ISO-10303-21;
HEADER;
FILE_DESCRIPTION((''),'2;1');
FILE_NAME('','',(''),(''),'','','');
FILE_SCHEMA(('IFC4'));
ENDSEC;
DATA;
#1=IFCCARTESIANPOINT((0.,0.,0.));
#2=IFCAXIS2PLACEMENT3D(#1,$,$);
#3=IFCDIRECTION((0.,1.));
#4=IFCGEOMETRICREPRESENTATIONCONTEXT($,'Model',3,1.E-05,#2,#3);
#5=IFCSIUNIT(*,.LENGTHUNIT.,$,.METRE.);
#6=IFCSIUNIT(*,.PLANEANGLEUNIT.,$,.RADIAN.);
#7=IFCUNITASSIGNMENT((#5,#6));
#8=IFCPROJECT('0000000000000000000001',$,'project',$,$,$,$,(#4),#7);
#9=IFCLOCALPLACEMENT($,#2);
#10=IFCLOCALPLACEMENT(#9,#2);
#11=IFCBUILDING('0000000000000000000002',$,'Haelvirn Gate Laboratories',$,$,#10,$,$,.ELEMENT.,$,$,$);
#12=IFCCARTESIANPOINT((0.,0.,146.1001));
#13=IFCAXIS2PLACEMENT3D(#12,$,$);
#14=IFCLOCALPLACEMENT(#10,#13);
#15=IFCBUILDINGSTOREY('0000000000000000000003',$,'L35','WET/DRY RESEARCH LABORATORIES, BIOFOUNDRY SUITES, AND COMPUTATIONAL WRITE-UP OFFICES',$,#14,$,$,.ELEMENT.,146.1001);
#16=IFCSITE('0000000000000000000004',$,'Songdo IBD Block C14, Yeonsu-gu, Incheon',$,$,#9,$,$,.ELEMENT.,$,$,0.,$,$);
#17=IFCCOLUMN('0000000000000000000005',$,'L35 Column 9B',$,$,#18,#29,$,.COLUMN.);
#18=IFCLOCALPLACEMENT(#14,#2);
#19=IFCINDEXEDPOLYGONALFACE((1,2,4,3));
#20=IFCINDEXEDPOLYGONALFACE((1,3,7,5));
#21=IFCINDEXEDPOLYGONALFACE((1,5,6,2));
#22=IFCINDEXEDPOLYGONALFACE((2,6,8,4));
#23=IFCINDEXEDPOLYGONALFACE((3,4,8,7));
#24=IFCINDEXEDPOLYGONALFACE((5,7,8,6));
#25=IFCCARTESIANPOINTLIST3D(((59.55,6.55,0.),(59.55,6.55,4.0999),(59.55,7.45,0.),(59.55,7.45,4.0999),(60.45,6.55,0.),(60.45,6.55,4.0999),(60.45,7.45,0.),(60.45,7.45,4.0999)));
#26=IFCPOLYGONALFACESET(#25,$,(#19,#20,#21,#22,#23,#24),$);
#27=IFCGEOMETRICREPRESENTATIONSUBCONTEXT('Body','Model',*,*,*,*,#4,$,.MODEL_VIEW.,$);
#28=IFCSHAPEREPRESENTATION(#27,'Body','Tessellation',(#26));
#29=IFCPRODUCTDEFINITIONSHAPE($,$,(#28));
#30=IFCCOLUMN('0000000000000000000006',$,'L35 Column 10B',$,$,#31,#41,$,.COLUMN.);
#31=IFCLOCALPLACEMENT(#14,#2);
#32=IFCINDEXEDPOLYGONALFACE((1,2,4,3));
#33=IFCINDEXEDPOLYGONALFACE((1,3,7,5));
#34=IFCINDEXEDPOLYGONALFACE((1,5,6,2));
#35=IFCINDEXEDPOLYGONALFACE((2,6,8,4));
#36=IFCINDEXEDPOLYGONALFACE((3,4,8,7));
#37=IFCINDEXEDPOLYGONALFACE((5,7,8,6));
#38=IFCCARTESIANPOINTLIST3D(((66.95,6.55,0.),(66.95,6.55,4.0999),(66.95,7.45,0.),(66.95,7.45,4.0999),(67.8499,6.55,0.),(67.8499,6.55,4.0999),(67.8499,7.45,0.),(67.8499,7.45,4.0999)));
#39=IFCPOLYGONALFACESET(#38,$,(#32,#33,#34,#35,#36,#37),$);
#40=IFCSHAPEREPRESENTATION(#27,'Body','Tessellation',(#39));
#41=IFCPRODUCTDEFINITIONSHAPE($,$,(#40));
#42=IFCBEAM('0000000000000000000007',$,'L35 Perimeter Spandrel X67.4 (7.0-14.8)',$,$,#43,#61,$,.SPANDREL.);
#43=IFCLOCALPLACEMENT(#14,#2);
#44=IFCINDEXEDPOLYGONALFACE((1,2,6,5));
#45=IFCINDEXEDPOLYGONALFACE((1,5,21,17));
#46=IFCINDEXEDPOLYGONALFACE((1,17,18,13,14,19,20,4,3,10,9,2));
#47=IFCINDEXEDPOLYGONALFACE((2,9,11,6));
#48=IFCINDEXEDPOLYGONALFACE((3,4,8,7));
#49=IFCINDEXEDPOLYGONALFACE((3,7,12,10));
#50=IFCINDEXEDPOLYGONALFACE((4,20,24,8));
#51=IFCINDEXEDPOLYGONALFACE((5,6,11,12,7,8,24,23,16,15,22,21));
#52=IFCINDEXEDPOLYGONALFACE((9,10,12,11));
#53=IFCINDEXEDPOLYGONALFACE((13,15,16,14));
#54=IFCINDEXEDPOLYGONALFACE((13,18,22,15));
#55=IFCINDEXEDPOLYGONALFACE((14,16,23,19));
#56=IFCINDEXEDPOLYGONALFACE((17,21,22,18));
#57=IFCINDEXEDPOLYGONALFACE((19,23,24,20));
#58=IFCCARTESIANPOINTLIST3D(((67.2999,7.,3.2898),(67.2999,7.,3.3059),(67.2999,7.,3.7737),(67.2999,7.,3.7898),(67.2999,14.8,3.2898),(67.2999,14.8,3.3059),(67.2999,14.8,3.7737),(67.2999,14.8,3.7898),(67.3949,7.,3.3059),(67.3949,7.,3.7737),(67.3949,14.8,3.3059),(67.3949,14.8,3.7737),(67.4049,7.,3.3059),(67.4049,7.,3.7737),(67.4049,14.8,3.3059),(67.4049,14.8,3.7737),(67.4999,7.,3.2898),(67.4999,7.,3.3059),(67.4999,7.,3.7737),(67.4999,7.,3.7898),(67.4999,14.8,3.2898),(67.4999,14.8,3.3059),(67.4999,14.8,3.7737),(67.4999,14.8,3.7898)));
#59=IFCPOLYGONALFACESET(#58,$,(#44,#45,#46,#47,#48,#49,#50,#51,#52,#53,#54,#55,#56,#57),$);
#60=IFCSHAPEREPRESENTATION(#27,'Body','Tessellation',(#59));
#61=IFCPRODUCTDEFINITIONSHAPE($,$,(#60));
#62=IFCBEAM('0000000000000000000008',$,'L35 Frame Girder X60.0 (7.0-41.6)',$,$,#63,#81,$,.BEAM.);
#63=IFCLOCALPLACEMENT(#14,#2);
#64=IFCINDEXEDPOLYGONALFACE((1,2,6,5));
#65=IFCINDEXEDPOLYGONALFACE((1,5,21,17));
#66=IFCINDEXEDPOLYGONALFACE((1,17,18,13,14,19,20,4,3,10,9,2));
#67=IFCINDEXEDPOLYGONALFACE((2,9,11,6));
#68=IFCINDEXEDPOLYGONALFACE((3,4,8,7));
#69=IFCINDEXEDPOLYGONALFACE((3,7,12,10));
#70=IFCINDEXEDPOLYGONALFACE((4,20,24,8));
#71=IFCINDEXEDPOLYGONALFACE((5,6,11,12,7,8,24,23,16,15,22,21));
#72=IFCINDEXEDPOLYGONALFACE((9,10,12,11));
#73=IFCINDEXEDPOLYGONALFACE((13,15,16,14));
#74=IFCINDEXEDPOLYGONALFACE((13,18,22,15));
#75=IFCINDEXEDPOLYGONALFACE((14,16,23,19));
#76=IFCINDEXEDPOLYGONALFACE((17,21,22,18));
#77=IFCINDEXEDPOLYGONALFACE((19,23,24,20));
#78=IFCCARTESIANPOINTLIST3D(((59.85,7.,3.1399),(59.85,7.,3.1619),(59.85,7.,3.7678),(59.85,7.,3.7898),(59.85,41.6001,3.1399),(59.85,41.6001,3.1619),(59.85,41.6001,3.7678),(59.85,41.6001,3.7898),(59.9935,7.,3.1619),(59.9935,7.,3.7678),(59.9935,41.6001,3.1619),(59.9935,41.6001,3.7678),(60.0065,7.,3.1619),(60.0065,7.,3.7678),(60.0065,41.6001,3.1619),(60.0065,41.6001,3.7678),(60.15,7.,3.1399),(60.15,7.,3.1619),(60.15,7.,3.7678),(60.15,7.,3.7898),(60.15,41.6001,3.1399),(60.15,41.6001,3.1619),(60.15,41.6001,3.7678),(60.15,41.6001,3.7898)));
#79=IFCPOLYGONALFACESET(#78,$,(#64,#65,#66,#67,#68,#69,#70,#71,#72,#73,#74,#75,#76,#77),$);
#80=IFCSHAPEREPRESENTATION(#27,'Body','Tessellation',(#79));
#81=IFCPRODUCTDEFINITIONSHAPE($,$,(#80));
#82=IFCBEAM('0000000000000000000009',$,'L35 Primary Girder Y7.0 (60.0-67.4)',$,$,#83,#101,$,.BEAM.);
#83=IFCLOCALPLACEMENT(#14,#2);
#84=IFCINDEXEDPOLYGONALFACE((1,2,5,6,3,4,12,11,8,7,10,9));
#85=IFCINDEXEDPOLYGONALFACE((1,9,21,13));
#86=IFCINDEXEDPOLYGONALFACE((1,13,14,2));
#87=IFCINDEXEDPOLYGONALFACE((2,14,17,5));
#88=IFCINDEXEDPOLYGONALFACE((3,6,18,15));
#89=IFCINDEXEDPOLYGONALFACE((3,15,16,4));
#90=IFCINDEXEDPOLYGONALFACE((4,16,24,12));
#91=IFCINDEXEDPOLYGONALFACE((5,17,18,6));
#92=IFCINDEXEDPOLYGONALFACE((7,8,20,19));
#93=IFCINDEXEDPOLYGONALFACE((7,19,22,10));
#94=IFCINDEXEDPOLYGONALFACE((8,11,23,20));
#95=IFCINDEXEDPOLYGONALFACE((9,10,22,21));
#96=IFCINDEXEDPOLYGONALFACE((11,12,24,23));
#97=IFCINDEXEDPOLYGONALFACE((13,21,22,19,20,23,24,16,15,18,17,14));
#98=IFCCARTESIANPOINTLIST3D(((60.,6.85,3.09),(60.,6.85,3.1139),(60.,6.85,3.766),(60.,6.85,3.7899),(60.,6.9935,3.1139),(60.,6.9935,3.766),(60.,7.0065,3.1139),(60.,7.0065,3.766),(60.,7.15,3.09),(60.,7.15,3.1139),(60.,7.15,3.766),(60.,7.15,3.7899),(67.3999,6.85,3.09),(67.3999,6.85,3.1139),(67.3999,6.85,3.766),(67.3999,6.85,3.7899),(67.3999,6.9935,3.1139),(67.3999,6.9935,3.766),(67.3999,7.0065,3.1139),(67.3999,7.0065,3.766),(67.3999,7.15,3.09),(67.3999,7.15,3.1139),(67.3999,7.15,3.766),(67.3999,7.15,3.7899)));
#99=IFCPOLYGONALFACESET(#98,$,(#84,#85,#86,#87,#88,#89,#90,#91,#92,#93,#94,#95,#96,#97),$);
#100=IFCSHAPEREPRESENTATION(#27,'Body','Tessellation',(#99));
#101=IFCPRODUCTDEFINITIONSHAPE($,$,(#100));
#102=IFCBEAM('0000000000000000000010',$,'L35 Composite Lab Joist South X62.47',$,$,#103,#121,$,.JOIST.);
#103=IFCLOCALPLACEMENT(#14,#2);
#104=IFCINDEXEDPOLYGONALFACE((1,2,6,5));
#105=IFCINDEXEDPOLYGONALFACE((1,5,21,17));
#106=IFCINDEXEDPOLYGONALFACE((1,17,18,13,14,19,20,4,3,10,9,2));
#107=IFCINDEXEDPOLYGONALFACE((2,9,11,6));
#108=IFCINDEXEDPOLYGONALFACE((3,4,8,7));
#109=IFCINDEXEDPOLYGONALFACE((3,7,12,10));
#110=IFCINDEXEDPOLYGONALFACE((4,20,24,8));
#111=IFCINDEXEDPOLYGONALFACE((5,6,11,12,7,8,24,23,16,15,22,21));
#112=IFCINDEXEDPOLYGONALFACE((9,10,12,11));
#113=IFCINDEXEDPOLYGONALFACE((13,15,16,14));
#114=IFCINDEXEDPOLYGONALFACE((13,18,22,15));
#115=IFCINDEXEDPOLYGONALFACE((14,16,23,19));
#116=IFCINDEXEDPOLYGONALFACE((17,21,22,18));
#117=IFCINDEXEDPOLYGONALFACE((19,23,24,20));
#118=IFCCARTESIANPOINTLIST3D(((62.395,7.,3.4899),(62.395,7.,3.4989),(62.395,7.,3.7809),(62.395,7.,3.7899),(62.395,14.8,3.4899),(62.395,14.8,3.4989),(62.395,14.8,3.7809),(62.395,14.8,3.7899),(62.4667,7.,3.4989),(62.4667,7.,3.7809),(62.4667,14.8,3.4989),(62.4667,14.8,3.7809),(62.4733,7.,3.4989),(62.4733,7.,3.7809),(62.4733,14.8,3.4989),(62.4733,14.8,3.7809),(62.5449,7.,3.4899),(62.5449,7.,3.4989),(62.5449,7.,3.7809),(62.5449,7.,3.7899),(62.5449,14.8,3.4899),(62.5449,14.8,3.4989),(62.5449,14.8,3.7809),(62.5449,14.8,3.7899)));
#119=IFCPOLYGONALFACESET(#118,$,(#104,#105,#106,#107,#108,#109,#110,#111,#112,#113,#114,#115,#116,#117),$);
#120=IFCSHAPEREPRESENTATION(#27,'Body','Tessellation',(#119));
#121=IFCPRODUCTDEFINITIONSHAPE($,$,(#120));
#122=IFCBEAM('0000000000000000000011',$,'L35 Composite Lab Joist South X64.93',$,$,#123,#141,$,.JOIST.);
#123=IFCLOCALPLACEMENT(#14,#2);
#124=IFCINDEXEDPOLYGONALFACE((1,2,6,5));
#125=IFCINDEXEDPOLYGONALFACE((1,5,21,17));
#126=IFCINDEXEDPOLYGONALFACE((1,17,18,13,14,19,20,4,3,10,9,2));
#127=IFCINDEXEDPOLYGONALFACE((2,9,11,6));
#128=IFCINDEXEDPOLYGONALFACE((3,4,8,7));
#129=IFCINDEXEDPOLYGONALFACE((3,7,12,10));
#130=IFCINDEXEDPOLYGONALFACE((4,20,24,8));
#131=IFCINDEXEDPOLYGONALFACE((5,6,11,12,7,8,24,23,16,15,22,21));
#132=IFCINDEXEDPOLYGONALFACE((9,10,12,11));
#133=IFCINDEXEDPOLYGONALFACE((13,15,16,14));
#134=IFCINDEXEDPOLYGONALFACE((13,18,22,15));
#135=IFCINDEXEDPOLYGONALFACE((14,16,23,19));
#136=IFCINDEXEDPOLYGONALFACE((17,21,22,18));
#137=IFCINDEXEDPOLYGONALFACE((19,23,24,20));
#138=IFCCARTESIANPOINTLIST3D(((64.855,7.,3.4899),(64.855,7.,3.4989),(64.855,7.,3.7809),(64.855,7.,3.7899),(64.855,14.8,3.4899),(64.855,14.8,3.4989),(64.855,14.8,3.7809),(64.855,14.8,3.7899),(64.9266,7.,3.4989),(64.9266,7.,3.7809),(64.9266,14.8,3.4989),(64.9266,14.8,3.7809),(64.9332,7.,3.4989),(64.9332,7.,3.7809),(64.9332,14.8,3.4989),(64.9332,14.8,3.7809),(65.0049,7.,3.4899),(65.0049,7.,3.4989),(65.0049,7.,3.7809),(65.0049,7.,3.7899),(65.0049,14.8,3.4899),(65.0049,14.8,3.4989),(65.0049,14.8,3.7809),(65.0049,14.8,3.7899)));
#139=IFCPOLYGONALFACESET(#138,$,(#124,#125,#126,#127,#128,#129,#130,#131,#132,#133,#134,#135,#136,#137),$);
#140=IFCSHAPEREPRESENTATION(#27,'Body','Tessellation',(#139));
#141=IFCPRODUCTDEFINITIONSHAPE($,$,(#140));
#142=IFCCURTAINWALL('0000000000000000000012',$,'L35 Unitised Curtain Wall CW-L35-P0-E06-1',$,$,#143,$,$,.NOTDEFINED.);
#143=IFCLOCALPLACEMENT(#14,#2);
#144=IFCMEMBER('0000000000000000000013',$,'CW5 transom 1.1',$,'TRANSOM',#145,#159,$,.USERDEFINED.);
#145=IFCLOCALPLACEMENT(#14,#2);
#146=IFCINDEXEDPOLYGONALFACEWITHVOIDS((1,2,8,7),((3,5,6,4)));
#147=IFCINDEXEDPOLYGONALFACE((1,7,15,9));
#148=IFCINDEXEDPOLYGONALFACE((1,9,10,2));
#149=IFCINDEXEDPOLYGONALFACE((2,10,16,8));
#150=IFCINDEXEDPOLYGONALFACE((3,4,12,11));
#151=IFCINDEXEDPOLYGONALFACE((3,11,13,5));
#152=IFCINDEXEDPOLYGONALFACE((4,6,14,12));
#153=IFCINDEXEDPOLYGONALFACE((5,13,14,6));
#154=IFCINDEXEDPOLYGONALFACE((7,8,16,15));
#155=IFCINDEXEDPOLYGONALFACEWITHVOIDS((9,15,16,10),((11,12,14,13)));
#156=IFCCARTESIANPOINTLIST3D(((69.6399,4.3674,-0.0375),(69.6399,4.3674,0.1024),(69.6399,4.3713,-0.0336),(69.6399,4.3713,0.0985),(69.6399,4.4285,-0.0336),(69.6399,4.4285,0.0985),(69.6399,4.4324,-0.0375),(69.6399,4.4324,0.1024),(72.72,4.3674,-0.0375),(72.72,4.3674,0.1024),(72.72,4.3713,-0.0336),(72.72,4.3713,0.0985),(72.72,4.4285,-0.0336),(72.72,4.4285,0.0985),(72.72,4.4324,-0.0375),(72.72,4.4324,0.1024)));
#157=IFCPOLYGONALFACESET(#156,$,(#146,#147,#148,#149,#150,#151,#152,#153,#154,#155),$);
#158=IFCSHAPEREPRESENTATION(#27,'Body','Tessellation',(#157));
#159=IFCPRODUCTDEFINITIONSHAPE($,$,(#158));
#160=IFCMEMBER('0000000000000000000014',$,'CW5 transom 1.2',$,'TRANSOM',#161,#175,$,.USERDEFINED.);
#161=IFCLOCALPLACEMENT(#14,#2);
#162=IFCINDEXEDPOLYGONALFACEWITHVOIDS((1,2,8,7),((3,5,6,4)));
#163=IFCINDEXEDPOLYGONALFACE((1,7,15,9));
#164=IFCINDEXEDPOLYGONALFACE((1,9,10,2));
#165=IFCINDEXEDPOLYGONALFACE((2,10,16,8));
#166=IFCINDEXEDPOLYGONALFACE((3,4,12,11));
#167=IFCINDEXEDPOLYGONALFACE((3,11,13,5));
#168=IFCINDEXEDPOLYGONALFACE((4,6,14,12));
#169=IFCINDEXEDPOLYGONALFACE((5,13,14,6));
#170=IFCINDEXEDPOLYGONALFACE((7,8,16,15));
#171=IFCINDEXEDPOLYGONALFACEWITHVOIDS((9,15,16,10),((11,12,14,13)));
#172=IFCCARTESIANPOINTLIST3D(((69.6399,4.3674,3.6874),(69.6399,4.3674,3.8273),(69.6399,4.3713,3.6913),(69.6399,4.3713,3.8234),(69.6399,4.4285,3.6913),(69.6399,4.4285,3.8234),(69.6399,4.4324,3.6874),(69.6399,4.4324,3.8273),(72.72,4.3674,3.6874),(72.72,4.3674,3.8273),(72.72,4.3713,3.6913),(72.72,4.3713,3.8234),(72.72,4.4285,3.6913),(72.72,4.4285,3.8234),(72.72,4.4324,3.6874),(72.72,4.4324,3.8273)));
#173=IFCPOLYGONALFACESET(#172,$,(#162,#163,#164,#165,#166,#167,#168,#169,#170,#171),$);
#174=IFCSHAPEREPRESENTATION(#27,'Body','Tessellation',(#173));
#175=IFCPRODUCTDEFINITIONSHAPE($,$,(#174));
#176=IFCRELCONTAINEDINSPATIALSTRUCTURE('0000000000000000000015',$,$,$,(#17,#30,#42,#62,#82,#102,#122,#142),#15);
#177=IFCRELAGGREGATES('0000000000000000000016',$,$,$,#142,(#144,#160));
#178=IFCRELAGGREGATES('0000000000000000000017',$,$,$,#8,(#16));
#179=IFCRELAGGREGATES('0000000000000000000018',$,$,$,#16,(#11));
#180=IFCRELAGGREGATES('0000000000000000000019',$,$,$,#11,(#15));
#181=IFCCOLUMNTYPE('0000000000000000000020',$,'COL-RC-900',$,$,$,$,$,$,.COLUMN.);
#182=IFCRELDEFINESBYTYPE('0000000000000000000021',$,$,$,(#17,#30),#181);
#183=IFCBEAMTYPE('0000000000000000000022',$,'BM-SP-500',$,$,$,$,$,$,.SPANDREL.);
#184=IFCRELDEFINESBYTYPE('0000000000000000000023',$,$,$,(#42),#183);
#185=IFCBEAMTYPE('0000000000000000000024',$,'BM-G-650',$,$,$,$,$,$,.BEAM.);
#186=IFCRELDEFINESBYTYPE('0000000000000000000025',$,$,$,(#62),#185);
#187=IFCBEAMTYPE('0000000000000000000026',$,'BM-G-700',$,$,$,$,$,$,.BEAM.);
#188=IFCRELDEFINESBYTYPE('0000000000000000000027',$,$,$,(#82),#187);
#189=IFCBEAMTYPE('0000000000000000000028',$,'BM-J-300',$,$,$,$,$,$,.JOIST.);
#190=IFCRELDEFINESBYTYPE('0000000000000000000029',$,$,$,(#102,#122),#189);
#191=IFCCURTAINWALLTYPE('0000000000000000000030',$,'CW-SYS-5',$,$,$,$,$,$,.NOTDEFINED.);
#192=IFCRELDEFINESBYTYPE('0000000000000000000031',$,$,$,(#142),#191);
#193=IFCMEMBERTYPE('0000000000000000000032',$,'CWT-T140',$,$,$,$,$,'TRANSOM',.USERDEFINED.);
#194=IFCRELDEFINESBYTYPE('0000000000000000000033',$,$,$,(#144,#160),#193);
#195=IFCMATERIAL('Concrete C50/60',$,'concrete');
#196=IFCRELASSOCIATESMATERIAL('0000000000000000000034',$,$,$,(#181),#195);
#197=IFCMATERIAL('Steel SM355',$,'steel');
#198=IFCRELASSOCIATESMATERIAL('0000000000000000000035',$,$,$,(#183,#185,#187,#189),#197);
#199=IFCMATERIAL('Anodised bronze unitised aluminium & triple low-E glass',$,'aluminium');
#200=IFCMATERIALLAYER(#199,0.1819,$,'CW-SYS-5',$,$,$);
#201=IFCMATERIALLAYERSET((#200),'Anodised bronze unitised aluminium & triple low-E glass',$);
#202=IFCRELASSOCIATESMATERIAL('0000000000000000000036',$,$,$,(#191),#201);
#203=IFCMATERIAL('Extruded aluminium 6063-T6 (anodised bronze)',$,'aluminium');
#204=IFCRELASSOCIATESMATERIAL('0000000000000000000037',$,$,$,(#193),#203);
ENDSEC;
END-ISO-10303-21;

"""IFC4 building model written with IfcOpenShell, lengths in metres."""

from ifc_helpers import new_model, si_unit, direction, frame, origin, origin_2d, place, context, subcontext, project, spatial, rectangle, hollow_rectangle, i_section, extrude, source, transform, mapped, material, layer, layer_set, material_profile, profile_set, type_object, type_shapes, element, aggregate, save


model = new_model("IFC4")

# Units and contexts
model_context = context("Model", 3, precision=1e-05, world=origin(), true_north=direction((0.0, 1.0)))
body_context = subcontext(model_context, "Body", "Model", "MODEL_VIEW")
ifc_project = project(units=[si_unit("LENGTHUNIT", "METRE"), si_unit("PLANEANGLEUNIT", "RADIAN")], contexts=[model_context])

# Site, building, storey
site_placement = place(None, origin())
site = spatial("IfcSite", under=ifc_project, at=site_placement, Name="Songdo IBD Block C14, Yeonsu-gu, Incheon", CompositionType="ELEMENT", RefElevation=0.0)
building_placement = place(site_placement, origin())
building = spatial("IfcBuilding", under=site, at=building_placement, Name="Haelvirn Gate Laboratories", CompositionType="ELEMENT")
storey_placement = place(building_placement, frame((0.0, 0.0, 146.1001)))
storey = spatial("IfcBuildingStorey", under=building, at=storey_placement, Name="L35", Description="WET/DRY RESEARCH LABORATORIES, BIOFOUNDRY SUITES, AND COMPUTATIONAL WRITE-UP OFFICES", CompositionType="ELEMENT", Elevation=146.1001)

# Columns
ifc_material_1 = material(Name="Concrete C50/60", Category="concrete")
ifc_material_profile_1 = material_profile(ifc_material_1, rectangle(XDim=0.8999, YDim=0.8999, at=origin_2d()), Name="RC-900x900")
ifc_profile_set_1 = profile_set([ifc_material_profile_1], Name="Concrete C50/60")
column_type = type_object("IfcColumnType", Name="COL-RC-900", PredefinedType="COLUMN", material=ifc_profile_set_1)
shared_shape_1 = source(origin(), body_context, "Body", "SweptSolid", [
    extrude(rectangle(XDim=0.8999, YDim=0.8999, at=origin_2d()), origin(), (0.0, 0.0, 1.0), 4.0999),
])
type_shapes(column_type, [shared_shape_1])
for number, where, z_axis, x_axis, name in (
    (1, (60.0, 7.0, 0.0), (0.0, 0.0, 1.0), (1.0, 0.0, 0.0), "L35 Column 9B"),
    (2, (67.3999, 7.0, 0.0), (0.0, 0.0, 1.0), (1.0, 0.0, 0.0), "L35 Column 10B"),
):
    element("IfcColumn", number, at=place(storey_placement, frame(where, z_axis=z_axis, x_axis=x_axis)), inside=storey, type_object=column_type, Name=name, PredefinedType="COLUMN", context=body_context, shape_type="MappedRepresentation", body=[
        mapped(shared_shape_1, transform((0.0, 0.0, 0.0), scale=1.0)),
    ])

# Beams
ifc_material_2 = material(Name="Steel SM355", Category="steel")
ifc_material_profile_2 = material_profile(ifc_material_2, i_section(OverallWidth=0.2, OverallDepth=0.5, WebThickness=0.01, FlangeThickness=0.0161, at=origin_2d()), Name="H-500x200x10x16")
ifc_profile_set_2 = profile_set([ifc_material_profile_2], Name="Steel SM355")
beam_type_1 = type_object("IfcBeamType", Name="BM-SP-500", PredefinedType="SPANDREL", material=ifc_profile_set_2)
shared_shape_2 = source(origin(), body_context, "Body", "SweptSolid", [
    extrude(i_section(OverallWidth=0.2, OverallDepth=0.5, WebThickness=0.01, FlangeThickness=0.0161, at=origin_2d()), origin(), (0.0, 0.0, 1.0), 7.8),
])
type_shapes(beam_type_1, [shared_shape_2])
beam_1_placement = place(storey_placement, frame((67.3999, 7.0, 3.5398), z_axis=(0.0, 1.0, 0.0), x_axis=(-1.0, 0.0, 0.0)))
element("IfcBeam", 3, at=beam_1_placement, inside=storey, type_object=beam_type_1, Name="L35 Perimeter Spandrel X67.4 (7.0-14.8)", PredefinedType="SPANDREL", context=body_context, shape_type="MappedRepresentation", body=[
    mapped(shared_shape_2, transform((0.0, 0.0, 0.0), scale=1.0)),
])
ifc_material_profile_3 = material_profile(ifc_material_2, i_section(OverallWidth=0.3, OverallDepth=0.6499, WebThickness=0.0129, FlangeThickness=0.022, at=origin_2d()), Name="H-650x300x13x22")
ifc_profile_set_3 = profile_set([ifc_material_profile_3], Name="Steel SM355")
beam_type_2 = type_object("IfcBeamType", Name="BM-G-650", PredefinedType="BEAM", material=ifc_profile_set_3)
shared_shape_3 = source(origin(), body_context, "Body", "SweptSolid", [
    extrude(i_section(OverallWidth=0.3, OverallDepth=0.6499, WebThickness=0.0129, FlangeThickness=0.022, at=origin_2d()), origin(), (0.0, 0.0, 1.0), 34.6001),
])
type_shapes(beam_type_2, [shared_shape_3])
beam_2_placement = place(storey_placement, frame((60.0, 7.0, 3.4648), z_axis=(0.0, 1.0, 0.0), x_axis=(-1.0, 0.0, 0.0)))
element("IfcBeam", 4, at=beam_2_placement, inside=storey, type_object=beam_type_2, Name="L35 Frame Girder X60.0 (7.0-41.6)", PredefinedType="BEAM", context=body_context, shape_type="MappedRepresentation", body=[
    mapped(shared_shape_3, transform((0.0, 0.0, 0.0), scale=1.0)),
])
ifc_material_profile_4 = material_profile(ifc_material_2, i_section(OverallWidth=0.3, OverallDepth=0.7, WebThickness=0.0129, FlangeThickness=0.0239, at=origin_2d()), Name="H-700x300x13x24")
ifc_profile_set_4 = profile_set([ifc_material_profile_4], Name="Steel SM355")
beam_type_3 = type_object("IfcBeamType", Name="BM-G-700", PredefinedType="BEAM", material=ifc_profile_set_4)
shared_shape_4 = source(origin(), body_context, "Body", "SweptSolid", [
    extrude(i_section(OverallWidth=0.3, OverallDepth=0.7, WebThickness=0.0129, FlangeThickness=0.0239, at=origin_2d()), origin(), (0.0, 0.0, 1.0), 7.3999),
])
type_shapes(beam_type_3, [shared_shape_4])
beam_3_placement = place(storey_placement, frame((60.0, 7.0, 3.4399), z_axis=(1.0, 0.0, 0.0), x_axis=(0.0, 1.0, 0.0)))
element("IfcBeam", 5, at=beam_3_placement, inside=storey, type_object=beam_type_3, Name="L35 Primary Girder Y7.0 (60.0-67.4)", PredefinedType="BEAM", context=body_context, shape_type="MappedRepresentation", body=[
    mapped(shared_shape_4, transform((0.0, 0.0, 0.0), scale=1.0)),
])
ifc_material_profile_5 = material_profile(ifc_material_2, i_section(OverallWidth=0.1499, OverallDepth=0.3, WebThickness=0.0066, FlangeThickness=0.009, at=origin_2d()), Name="H-300x150x6.5x9")
ifc_profile_set_5 = profile_set([ifc_material_profile_5], Name="Steel SM355")
beam_type_4 = type_object("IfcBeamType", Name="BM-J-300", PredefinedType="JOIST", material=ifc_profile_set_5)
shared_shape_5 = source(origin(), body_context, "Body", "SweptSolid", [
    extrude(i_section(OverallWidth=0.1499, OverallDepth=0.3, WebThickness=0.0066, FlangeThickness=0.009, at=origin_2d()), origin(), (0.0, 0.0, 1.0), 7.8),
])
type_shapes(beam_type_4, [shared_shape_5])
for number, where, z_axis, x_axis, name in (
    (6, (62.47, 7.0, 3.6399), (0.0, 1.0, 0.0), (-1.0, 0.0, 0.0), "L35 Composite Lab Joist South X62.47"),
    (7, (64.9299, 7.0, 3.6399), (0.0, 1.0, 0.0), (-1.0, 0.0, 0.0), "L35 Composite Lab Joist South X64.93"),
):
    element("IfcBeam", number, at=place(storey_placement, frame(where, z_axis=z_axis, x_axis=x_axis)), inside=storey, type_object=beam_type_4, Name=name, PredefinedType="JOIST", context=body_context, shape_type="MappedRepresentation", body=[
        mapped(shared_shape_5, transform((0.0, 0.0, 0.0), scale=1.0)),
    ])

# Curtain wall, members
ifc_material_3 = material(Name="Anodised bronze unitised aluminium & triple low-E glass", Category="aluminium")
ifc_layer_1 = layer(ifc_material_3, 0.1819, Name="CW-SYS-5")
ifc_layer_set_1 = layer_set([ifc_layer_1], Name="Anodised bronze unitised aluminium & triple low-E glass")
curtain_wall_type_1 = type_object("IfcCurtainWallType", Name="CW-SYS-5", PredefinedType="NOTDEFINED", material=ifc_layer_set_1)
curtain_wall_1_placement = place(storey_placement, origin())
curtain_wall_1 = element("IfcCurtainWall", 8, at=curtain_wall_1_placement, inside=storey, type_object=curtain_wall_type_1, Name="L35 Unitised Curtain Wall CW-L35-P0-E06-1", PredefinedType="NOTDEFINED")
ifc_material_4 = material(Name="Extruded aluminium 6063-T6 (anodised bronze)", Category="aluminium")
ifc_material_profile_6 = material_profile(ifc_material_4, hollow_rectangle(XDim=0.0649, YDim=0.1399, WallThickness=0.0039, at=origin_2d()), Name="CWT-140x65x4")
ifc_profile_set_6 = profile_set([ifc_material_profile_6], Name="Extruded aluminium 6063-T6 (anodised bronze)")
member_type_1 = type_object("IfcMemberType", Name="CWT-T140", ElementType="TRANSOM", PredefinedType="USERDEFINED", material=ifc_profile_set_6)
shared_shape_6 = source(origin(), body_context, "Body", "SweptSolid", [
    extrude(hollow_rectangle(XDim=0.0649, YDim=0.1399, WallThickness=0.0039, at=origin_2d()), origin(), (0.0, 0.0, 1.0), 3.0801),
])
member_1_placement = place(storey_placement, frame((69.6399, 4.3999, 0.0325), z_axis=(1.0, 0.0, 0.0), x_axis=(0.0, 1.0, 0.0)))
member_1 = element("IfcMember", 9, at=member_1_placement, type_object=member_type_1, Name="CW5 transom 1.1", ObjectType="TRANSOM", PredefinedType="USERDEFINED", context=body_context, shape_type="MappedRepresentation", body=[
    mapped(shared_shape_6, transform((0.0, 0.0, 0.0), scale=1.0)),
])
member_2_placement = place(storey_placement, frame((69.6399, 4.3999, 3.7573), z_axis=(1.0, 0.0, 0.0), x_axis=(0.0, 1.0, 0.0)))
member_2 = element("IfcMember", 10, at=member_2_placement, type_object=member_type_1, Name="CW5 transom 1.2", ObjectType="TRANSOM", PredefinedType="USERDEFINED", context=body_context, shape_type="MappedRepresentation", body=[
    mapped(shared_shape_6, transform((0.0, 0.0, 0.0), scale=1.0)),
])

aggregate(curtain_wall_1, [member_1, member_2])

save(model, "model.ifc")
